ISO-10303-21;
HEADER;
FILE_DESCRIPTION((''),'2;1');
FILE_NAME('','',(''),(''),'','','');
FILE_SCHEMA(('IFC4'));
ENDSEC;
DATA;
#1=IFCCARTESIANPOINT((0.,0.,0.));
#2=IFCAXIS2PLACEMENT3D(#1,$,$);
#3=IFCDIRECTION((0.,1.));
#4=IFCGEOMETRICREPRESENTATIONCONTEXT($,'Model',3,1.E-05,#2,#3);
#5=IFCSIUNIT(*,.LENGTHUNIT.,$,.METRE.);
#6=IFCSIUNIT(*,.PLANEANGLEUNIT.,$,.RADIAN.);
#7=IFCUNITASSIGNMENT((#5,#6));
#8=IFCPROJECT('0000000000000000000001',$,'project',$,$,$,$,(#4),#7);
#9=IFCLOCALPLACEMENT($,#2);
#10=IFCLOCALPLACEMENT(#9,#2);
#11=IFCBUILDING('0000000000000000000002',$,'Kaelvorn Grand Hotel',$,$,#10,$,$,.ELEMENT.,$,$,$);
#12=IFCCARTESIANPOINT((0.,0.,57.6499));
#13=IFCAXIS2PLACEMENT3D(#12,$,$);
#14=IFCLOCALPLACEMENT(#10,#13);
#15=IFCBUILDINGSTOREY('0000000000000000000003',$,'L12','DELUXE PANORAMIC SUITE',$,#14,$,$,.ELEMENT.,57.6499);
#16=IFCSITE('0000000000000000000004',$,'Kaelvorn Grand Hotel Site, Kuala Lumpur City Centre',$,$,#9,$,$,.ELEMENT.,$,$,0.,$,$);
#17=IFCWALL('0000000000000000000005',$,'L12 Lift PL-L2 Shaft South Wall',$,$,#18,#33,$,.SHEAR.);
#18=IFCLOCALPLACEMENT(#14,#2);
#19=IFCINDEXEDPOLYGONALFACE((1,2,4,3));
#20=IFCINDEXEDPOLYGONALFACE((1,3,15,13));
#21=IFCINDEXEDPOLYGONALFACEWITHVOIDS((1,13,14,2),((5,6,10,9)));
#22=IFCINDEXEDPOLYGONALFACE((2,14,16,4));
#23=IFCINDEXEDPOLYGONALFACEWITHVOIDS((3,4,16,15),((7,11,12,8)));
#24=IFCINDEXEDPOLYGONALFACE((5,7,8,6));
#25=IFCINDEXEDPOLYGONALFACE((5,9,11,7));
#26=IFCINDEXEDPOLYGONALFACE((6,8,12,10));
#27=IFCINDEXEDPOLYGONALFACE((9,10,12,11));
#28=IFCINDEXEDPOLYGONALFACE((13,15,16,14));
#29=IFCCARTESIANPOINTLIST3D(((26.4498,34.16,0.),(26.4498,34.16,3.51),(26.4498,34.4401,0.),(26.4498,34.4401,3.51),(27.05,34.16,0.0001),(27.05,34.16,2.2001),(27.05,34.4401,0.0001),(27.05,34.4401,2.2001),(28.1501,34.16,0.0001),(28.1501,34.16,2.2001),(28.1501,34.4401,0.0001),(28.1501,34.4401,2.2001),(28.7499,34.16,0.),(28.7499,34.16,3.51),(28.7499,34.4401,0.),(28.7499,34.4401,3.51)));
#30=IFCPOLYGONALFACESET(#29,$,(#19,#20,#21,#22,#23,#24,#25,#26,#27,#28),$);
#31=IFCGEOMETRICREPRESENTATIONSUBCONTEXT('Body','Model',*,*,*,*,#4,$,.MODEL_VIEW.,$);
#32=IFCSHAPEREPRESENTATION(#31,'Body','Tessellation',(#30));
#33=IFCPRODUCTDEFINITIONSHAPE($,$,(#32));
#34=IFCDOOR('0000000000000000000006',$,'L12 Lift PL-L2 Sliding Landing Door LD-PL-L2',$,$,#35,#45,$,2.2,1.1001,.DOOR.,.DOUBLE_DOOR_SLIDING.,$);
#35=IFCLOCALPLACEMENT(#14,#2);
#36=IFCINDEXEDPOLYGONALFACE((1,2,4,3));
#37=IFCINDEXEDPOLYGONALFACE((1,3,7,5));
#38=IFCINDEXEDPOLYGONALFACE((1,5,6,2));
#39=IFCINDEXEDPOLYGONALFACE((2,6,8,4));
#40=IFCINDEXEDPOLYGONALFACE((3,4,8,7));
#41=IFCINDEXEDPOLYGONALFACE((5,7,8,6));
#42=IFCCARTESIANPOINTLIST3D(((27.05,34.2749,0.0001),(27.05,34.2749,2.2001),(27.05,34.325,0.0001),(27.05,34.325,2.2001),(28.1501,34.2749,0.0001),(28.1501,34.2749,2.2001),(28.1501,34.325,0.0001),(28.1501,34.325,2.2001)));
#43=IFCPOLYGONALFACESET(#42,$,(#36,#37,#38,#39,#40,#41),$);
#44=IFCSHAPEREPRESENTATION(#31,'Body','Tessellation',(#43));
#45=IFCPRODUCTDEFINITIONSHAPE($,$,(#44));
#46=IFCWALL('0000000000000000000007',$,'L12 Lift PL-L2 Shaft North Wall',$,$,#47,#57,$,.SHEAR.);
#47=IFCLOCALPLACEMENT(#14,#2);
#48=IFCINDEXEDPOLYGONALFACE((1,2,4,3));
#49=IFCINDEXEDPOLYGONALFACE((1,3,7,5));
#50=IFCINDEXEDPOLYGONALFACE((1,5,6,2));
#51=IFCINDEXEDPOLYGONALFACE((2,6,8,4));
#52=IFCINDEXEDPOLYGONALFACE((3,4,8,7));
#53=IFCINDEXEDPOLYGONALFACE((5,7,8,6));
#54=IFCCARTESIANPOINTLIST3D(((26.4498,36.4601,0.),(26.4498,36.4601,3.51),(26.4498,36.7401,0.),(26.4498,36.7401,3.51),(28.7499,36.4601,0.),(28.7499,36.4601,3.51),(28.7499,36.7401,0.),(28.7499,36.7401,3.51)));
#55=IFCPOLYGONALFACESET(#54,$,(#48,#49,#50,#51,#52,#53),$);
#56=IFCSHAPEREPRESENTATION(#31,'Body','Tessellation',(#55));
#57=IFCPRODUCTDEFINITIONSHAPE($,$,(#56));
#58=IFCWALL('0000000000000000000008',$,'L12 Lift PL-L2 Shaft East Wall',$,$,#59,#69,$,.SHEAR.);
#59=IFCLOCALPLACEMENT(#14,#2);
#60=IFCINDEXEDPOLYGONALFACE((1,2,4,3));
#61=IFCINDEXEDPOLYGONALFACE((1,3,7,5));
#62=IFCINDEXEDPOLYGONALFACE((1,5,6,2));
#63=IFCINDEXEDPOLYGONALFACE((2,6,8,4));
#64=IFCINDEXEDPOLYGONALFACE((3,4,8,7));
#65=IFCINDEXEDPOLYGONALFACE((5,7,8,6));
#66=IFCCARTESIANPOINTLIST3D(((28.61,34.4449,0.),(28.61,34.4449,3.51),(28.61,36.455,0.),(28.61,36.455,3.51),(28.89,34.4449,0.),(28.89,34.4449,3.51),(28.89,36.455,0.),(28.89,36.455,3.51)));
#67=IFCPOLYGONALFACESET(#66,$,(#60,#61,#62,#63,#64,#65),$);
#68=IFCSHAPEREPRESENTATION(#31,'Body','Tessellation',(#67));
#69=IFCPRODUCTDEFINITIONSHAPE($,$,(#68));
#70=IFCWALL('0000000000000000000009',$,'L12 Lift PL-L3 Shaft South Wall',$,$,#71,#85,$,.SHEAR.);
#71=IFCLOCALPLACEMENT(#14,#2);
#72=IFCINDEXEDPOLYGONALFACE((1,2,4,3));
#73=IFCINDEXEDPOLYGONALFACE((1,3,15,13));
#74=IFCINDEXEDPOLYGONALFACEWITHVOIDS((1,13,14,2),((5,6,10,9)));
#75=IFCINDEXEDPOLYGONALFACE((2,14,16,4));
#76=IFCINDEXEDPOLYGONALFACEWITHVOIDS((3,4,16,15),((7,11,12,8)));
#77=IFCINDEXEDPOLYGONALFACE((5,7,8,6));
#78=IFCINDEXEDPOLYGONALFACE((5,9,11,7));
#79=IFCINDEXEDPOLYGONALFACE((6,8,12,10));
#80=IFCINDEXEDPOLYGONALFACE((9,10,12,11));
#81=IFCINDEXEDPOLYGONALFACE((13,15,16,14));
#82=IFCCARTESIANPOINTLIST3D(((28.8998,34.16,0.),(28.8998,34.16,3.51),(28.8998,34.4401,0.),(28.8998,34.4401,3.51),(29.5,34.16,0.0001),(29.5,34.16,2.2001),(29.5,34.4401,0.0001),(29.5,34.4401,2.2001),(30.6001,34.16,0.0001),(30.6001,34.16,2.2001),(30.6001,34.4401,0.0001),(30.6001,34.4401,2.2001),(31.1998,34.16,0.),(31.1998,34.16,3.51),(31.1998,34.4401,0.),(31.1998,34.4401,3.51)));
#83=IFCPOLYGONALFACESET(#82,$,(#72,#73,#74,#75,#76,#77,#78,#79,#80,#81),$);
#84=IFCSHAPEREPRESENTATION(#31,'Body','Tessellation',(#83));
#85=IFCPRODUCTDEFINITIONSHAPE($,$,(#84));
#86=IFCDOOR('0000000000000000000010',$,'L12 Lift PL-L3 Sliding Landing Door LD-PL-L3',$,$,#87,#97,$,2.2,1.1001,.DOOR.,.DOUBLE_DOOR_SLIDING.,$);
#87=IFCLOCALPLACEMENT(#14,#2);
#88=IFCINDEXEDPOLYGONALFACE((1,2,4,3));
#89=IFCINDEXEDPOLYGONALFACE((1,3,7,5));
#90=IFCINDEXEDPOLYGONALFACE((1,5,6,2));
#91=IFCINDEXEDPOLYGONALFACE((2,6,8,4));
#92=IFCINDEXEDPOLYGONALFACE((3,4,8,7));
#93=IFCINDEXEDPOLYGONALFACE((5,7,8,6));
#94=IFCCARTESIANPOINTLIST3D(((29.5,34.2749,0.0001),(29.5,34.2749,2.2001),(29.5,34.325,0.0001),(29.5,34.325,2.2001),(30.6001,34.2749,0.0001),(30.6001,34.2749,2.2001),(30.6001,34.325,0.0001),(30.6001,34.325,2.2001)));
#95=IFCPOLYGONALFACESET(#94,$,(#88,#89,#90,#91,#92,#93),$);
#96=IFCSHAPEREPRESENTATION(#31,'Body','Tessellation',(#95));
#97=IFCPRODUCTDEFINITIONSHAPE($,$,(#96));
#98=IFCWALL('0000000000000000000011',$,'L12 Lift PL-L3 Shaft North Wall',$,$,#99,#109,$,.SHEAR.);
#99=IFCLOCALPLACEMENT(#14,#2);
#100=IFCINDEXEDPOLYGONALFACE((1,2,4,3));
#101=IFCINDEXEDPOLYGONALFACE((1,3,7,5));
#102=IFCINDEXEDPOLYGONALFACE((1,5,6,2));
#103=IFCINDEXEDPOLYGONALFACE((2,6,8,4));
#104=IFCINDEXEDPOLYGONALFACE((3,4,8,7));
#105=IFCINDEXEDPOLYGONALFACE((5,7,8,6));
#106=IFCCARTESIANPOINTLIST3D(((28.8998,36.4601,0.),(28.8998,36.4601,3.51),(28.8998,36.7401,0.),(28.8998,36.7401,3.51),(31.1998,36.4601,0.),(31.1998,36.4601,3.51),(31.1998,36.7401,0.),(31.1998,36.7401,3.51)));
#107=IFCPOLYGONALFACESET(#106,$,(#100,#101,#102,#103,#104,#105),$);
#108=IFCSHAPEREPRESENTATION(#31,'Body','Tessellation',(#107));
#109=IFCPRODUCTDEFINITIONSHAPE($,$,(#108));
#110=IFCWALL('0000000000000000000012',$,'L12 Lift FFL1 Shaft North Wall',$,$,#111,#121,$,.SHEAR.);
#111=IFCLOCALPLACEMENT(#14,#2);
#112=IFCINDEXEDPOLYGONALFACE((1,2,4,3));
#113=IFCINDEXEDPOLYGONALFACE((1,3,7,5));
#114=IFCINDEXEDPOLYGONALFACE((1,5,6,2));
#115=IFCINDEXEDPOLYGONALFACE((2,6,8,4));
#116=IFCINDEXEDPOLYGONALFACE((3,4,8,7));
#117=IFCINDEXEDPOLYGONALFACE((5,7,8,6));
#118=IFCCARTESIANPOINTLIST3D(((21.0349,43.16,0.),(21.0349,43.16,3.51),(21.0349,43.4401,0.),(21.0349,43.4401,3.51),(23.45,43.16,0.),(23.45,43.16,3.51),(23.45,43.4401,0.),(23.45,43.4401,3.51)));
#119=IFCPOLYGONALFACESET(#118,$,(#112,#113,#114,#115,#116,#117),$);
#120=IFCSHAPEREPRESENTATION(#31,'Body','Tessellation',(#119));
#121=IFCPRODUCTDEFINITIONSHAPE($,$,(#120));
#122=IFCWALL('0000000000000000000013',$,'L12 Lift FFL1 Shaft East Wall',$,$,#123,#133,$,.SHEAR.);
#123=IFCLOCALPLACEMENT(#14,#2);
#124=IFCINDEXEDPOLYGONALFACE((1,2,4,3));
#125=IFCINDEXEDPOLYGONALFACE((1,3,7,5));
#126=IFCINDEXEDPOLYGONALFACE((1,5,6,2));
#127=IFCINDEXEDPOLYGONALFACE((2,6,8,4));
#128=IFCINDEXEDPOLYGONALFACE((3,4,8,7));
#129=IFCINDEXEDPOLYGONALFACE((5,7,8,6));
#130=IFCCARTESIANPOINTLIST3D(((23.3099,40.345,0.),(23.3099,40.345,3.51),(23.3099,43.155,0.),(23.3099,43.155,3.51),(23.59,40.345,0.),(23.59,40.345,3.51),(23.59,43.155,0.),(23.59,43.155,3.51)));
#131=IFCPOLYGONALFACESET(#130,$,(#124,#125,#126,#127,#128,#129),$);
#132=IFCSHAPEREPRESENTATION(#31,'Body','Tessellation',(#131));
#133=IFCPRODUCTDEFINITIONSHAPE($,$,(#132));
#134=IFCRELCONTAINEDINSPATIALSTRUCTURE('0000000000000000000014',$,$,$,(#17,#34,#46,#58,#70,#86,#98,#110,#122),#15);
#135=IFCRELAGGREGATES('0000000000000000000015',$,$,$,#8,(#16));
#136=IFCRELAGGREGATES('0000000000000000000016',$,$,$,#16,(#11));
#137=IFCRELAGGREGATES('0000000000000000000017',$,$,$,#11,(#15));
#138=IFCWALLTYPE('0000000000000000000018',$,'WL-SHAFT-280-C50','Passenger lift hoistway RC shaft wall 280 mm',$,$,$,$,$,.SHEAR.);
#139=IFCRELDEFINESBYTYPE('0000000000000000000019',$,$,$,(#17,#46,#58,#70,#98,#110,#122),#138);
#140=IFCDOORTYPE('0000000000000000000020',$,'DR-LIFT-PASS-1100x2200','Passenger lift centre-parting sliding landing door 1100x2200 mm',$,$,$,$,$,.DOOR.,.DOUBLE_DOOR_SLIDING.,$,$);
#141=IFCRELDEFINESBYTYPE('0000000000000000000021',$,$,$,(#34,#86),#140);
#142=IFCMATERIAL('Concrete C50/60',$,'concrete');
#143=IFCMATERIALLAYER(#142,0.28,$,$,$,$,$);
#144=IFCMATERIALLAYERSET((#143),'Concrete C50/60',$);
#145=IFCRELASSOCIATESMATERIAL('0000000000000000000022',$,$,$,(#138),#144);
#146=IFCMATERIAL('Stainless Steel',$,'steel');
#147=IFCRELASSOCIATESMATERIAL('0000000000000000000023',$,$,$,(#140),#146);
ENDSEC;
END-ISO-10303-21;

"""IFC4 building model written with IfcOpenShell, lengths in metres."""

from ifc_helpers import new_model, si_unit, direction, frame, frame_2d, origin, place, context, subcontext, project, spatial, rectangle, extrude, material, layer, layer_set, type_object, element, fill, save


model = new_model("IFC4")

# Units and contexts
model_context = context("Model", 3, precision=1e-05, world=origin(), true_north=direction((0.0, 1.0)))
body_context = subcontext(model_context, "Body", "Model", "MODEL_VIEW")
ifc_project = project(units=[si_unit("LENGTHUNIT", "METRE"), si_unit("PLANEANGLEUNIT", "RADIAN")], contexts=[model_context])

# Site, building, storey
site_placement = place(None, origin())
site = spatial("IfcSite", under=ifc_project, at=site_placement, Name="Kaelvorn Grand Hotel Site, Kuala Lumpur City Centre", CompositionType="ELEMENT", RefElevation=0.0)
building_placement = place(site_placement, origin())
building = spatial("IfcBuilding", under=site, at=building_placement, Name="Kaelvorn Grand Hotel", CompositionType="ELEMENT")
storey_placement = place(building_placement, frame((0.0, 0.0, 57.6499)))
storey = spatial("IfcBuildingStorey", under=building, at=storey_placement, Name="L12", Description="DELUXE PANORAMIC SUITE", CompositionType="ELEMENT", Elevation=57.6499)

# Shared definitions
ifc_material_1 = material(Name="Concrete C50/60", Category="concrete")
ifc_layer_1 = layer(ifc_material_1, 0.28)
ifc_layer_set_1 = layer_set([ifc_layer_1], Name="Concrete C50/60")
wall_type_1 = type_object("IfcWallType", Name="WL-SHAFT-280-C50", Description="Passenger lift hoistway RC shaft wall 280 mm", PredefinedType="SHEAR", material=ifc_layer_set_1)
ifc_material_2 = material(Name="Stainless Steel", Category="steel")
door_type_1 = type_object("IfcDoorType", Name="DR-LIFT-PASS-1100x2200", Description="Passenger lift centre-parting sliding landing door 1100x2200 mm", OperationType="DOUBLE_DOOR_SLIDING", PredefinedType="DOOR", material=ifc_material_2)

# Wall, opening, door
wall_1_placement = place(storey_placement, frame((26.45, 34.3, 0.0), z_axis=(0.0, 0.0, 1.0), x_axis=(1.0, 0.0, 0.0)))
wall_1 = element("IfcWall", 1, at=wall_1_placement, inside=storey, type_object=wall_type_1, Name="L12 Lift PL-L2 Shaft South Wall", PredefinedType="SHEAR", context=body_context, shape_type="SweptSolid", body=[
    extrude(rectangle(XDim=2.3, YDim=0.28, at=frame_2d((1.1499, 0.0))), origin(), (0.0, 0.0, 1.0), 3.51),
])
opening_1_placement = place(wall_1_placement, frame((0.6001, 0.0, 0.0)))
opening_1 = element("IfcOpeningElement", 2, at=opening_1_placement, cuts=wall_1, PredefinedType="OPENING", context=body_context, shape_type="SweptSolid", body=[
    extrude(rectangle(XDim=1.1001, YDim=2.2, at=frame_2d((0.55, 1.1001))), frame((0.0, 0.1499, 0.0), z_axis=(0.0, -1.0, 0.0), x_axis=(1.0, 0.0, 0.0)), (0.0, 0.0, 1.0), 0.3),
])
door_1_placement = place(opening_1_placement, origin())
door_1 = element("IfcDoor", 3, at=door_1_placement, inside=storey, type_object=door_type_1, Name="L12 Lift PL-L2 Sliding Landing Door LD-PL-L2", OperationType="DOUBLE_DOOR_SLIDING", OverallHeight=2.2, OverallWidth=1.1001, PredefinedType="DOOR", context=body_context, shape_type="SweptSolid", body=[
    extrude(rectangle(XDim=1.1001, YDim=2.2, at=frame_2d((0.55, 1.1001))), frame((0.0, 0.0249, 0.0), z_axis=(0.0, -1.0, 0.0), x_axis=(1.0, 0.0, 0.0)), (0.0, 0.0, 1.0), 0.05),
])
fill(opening_1, door_1)

# Walls
wall_2_placement = place(storey_placement, frame((26.45, 36.6001, 0.0), z_axis=(0.0, 0.0, 1.0), x_axis=(1.0, 0.0, 0.0)))
element("IfcWall", 4, at=wall_2_placement, inside=storey, type_object=wall_type_1, Name="L12 Lift PL-L2 Shaft North Wall", PredefinedType="SHEAR", context=body_context, shape_type="SweptSolid", body=[
    extrude(rectangle(XDim=2.3, YDim=0.28, at=frame_2d((1.1499, 0.0))), origin(), (0.0, 0.0, 1.0), 3.51),
])
wall_3_placement = place(storey_placement, frame((28.75, 34.4451, 0.0), z_axis=(0.0, 0.0, 1.0), x_axis=(0.0, 1.0, 0.0)))
element("IfcWall", 5, at=wall_3_placement, inside=storey, type_object=wall_type_1, Name="L12 Lift PL-L2 Shaft East Wall", PredefinedType="SHEAR", context=body_context, shape_type="SweptSolid", body=[
    extrude(rectangle(XDim=2.01, YDim=0.28, at=frame_2d((1.0049, 0.0))), origin(), (0.0, 0.0, 1.0), 3.51),
])

# Wall, opening, door
wall_4_placement = place(storey_placement, frame((28.8999, 34.3, 0.0), z_axis=(0.0, 0.0, 1.0), x_axis=(1.0, 0.0, 0.0)))
wall_4 = element("IfcWall", 6, at=wall_4_placement, inside=storey, type_object=wall_type_1, Name="L12 Lift PL-L3 Shaft South Wall", PredefinedType="SHEAR", context=body_context, shape_type="SweptSolid", body=[
    extrude(rectangle(XDim=2.3, YDim=0.28, at=frame_2d((1.1499, 0.0))), origin(), (0.0, 0.0, 1.0), 3.51),
])
opening_2_placement = place(wall_4_placement, frame((0.6001, 0.0, 0.0)))
opening_2 = element("IfcOpeningElement", 7, at=opening_2_placement, cuts=wall_4, PredefinedType="OPENING", context=body_context, shape_type="SweptSolid", body=[
    extrude(rectangle(XDim=1.1001, YDim=2.2, at=frame_2d((0.55, 1.1001))), frame((0.0, 0.1499, 0.0), z_axis=(0.0, -1.0, 0.0), x_axis=(1.0, 0.0, 0.0)), (0.0, 0.0, 1.0), 0.3),
])
door_2_placement = place(opening_2_placement, origin())
door_2 = element("IfcDoor", 8, at=door_2_placement, inside=storey, type_object=door_type_1, Name="L12 Lift PL-L3 Sliding Landing Door LD-PL-L3", OperationType="DOUBLE_DOOR_SLIDING", OverallHeight=2.2, OverallWidth=1.1001, PredefinedType="DOOR", context=body_context, shape_type="SweptSolid", body=[
    extrude(rectangle(XDim=1.1001, YDim=2.2, at=frame_2d((0.55, 1.1001))), frame((0.0, 0.0249, 0.0), z_axis=(0.0, -1.0, 0.0), x_axis=(1.0, 0.0, 0.0)), (0.0, 0.0, 1.0), 0.05),
])
fill(opening_2, door_2)

# Walls
wall_5_placement = place(storey_placement, frame((28.8999, 36.6001, 0.0), z_axis=(0.0, 0.0, 1.0), x_axis=(1.0, 0.0, 0.0)))
element("IfcWall", 9, at=wall_5_placement, inside=storey, type_object=wall_type_1, Name="L12 Lift PL-L3 Shaft North Wall", PredefinedType="SHEAR", context=body_context, shape_type="SweptSolid", body=[
    extrude(rectangle(XDim=2.3, YDim=0.28, at=frame_2d((1.1499, 0.0))), origin(), (0.0, 0.0, 1.0), 3.51),
])
wall_6_placement = place(storey_placement, frame((21.0349, 43.3, 0.0), z_axis=(0.0, 0.0, 1.0), x_axis=(1.0, 0.0, 0.0)))
element("IfcWall", 10, at=wall_6_placement, inside=storey, type_object=wall_type_1, Name="L12 Lift FFL1 Shaft North Wall", PredefinedType="SHEAR", context=body_context, shape_type="SweptSolid", body=[
    extrude(rectangle(XDim=2.415, YDim=0.28, at=frame_2d((1.2075, 0.0))), origin(), (0.0, 0.0, 1.0), 3.51),
])
wall_7_placement = place(storey_placement, frame((23.45, 40.345, 0.0), z_axis=(0.0, 0.0, 1.0), x_axis=(0.0, 1.0, 0.0)))
element("IfcWall", 11, at=wall_7_placement, inside=storey, type_object=wall_type_1, Name="L12 Lift FFL1 Shaft East Wall", PredefinedType="SHEAR", context=body_context, shape_type="SweptSolid", body=[
    extrude(rectangle(XDim=2.8101, YDim=0.28, at=frame_2d((1.405, 0.0))), origin(), (0.0, 0.0, 1.0), 3.51),
])

save(model, "model.ifc")
